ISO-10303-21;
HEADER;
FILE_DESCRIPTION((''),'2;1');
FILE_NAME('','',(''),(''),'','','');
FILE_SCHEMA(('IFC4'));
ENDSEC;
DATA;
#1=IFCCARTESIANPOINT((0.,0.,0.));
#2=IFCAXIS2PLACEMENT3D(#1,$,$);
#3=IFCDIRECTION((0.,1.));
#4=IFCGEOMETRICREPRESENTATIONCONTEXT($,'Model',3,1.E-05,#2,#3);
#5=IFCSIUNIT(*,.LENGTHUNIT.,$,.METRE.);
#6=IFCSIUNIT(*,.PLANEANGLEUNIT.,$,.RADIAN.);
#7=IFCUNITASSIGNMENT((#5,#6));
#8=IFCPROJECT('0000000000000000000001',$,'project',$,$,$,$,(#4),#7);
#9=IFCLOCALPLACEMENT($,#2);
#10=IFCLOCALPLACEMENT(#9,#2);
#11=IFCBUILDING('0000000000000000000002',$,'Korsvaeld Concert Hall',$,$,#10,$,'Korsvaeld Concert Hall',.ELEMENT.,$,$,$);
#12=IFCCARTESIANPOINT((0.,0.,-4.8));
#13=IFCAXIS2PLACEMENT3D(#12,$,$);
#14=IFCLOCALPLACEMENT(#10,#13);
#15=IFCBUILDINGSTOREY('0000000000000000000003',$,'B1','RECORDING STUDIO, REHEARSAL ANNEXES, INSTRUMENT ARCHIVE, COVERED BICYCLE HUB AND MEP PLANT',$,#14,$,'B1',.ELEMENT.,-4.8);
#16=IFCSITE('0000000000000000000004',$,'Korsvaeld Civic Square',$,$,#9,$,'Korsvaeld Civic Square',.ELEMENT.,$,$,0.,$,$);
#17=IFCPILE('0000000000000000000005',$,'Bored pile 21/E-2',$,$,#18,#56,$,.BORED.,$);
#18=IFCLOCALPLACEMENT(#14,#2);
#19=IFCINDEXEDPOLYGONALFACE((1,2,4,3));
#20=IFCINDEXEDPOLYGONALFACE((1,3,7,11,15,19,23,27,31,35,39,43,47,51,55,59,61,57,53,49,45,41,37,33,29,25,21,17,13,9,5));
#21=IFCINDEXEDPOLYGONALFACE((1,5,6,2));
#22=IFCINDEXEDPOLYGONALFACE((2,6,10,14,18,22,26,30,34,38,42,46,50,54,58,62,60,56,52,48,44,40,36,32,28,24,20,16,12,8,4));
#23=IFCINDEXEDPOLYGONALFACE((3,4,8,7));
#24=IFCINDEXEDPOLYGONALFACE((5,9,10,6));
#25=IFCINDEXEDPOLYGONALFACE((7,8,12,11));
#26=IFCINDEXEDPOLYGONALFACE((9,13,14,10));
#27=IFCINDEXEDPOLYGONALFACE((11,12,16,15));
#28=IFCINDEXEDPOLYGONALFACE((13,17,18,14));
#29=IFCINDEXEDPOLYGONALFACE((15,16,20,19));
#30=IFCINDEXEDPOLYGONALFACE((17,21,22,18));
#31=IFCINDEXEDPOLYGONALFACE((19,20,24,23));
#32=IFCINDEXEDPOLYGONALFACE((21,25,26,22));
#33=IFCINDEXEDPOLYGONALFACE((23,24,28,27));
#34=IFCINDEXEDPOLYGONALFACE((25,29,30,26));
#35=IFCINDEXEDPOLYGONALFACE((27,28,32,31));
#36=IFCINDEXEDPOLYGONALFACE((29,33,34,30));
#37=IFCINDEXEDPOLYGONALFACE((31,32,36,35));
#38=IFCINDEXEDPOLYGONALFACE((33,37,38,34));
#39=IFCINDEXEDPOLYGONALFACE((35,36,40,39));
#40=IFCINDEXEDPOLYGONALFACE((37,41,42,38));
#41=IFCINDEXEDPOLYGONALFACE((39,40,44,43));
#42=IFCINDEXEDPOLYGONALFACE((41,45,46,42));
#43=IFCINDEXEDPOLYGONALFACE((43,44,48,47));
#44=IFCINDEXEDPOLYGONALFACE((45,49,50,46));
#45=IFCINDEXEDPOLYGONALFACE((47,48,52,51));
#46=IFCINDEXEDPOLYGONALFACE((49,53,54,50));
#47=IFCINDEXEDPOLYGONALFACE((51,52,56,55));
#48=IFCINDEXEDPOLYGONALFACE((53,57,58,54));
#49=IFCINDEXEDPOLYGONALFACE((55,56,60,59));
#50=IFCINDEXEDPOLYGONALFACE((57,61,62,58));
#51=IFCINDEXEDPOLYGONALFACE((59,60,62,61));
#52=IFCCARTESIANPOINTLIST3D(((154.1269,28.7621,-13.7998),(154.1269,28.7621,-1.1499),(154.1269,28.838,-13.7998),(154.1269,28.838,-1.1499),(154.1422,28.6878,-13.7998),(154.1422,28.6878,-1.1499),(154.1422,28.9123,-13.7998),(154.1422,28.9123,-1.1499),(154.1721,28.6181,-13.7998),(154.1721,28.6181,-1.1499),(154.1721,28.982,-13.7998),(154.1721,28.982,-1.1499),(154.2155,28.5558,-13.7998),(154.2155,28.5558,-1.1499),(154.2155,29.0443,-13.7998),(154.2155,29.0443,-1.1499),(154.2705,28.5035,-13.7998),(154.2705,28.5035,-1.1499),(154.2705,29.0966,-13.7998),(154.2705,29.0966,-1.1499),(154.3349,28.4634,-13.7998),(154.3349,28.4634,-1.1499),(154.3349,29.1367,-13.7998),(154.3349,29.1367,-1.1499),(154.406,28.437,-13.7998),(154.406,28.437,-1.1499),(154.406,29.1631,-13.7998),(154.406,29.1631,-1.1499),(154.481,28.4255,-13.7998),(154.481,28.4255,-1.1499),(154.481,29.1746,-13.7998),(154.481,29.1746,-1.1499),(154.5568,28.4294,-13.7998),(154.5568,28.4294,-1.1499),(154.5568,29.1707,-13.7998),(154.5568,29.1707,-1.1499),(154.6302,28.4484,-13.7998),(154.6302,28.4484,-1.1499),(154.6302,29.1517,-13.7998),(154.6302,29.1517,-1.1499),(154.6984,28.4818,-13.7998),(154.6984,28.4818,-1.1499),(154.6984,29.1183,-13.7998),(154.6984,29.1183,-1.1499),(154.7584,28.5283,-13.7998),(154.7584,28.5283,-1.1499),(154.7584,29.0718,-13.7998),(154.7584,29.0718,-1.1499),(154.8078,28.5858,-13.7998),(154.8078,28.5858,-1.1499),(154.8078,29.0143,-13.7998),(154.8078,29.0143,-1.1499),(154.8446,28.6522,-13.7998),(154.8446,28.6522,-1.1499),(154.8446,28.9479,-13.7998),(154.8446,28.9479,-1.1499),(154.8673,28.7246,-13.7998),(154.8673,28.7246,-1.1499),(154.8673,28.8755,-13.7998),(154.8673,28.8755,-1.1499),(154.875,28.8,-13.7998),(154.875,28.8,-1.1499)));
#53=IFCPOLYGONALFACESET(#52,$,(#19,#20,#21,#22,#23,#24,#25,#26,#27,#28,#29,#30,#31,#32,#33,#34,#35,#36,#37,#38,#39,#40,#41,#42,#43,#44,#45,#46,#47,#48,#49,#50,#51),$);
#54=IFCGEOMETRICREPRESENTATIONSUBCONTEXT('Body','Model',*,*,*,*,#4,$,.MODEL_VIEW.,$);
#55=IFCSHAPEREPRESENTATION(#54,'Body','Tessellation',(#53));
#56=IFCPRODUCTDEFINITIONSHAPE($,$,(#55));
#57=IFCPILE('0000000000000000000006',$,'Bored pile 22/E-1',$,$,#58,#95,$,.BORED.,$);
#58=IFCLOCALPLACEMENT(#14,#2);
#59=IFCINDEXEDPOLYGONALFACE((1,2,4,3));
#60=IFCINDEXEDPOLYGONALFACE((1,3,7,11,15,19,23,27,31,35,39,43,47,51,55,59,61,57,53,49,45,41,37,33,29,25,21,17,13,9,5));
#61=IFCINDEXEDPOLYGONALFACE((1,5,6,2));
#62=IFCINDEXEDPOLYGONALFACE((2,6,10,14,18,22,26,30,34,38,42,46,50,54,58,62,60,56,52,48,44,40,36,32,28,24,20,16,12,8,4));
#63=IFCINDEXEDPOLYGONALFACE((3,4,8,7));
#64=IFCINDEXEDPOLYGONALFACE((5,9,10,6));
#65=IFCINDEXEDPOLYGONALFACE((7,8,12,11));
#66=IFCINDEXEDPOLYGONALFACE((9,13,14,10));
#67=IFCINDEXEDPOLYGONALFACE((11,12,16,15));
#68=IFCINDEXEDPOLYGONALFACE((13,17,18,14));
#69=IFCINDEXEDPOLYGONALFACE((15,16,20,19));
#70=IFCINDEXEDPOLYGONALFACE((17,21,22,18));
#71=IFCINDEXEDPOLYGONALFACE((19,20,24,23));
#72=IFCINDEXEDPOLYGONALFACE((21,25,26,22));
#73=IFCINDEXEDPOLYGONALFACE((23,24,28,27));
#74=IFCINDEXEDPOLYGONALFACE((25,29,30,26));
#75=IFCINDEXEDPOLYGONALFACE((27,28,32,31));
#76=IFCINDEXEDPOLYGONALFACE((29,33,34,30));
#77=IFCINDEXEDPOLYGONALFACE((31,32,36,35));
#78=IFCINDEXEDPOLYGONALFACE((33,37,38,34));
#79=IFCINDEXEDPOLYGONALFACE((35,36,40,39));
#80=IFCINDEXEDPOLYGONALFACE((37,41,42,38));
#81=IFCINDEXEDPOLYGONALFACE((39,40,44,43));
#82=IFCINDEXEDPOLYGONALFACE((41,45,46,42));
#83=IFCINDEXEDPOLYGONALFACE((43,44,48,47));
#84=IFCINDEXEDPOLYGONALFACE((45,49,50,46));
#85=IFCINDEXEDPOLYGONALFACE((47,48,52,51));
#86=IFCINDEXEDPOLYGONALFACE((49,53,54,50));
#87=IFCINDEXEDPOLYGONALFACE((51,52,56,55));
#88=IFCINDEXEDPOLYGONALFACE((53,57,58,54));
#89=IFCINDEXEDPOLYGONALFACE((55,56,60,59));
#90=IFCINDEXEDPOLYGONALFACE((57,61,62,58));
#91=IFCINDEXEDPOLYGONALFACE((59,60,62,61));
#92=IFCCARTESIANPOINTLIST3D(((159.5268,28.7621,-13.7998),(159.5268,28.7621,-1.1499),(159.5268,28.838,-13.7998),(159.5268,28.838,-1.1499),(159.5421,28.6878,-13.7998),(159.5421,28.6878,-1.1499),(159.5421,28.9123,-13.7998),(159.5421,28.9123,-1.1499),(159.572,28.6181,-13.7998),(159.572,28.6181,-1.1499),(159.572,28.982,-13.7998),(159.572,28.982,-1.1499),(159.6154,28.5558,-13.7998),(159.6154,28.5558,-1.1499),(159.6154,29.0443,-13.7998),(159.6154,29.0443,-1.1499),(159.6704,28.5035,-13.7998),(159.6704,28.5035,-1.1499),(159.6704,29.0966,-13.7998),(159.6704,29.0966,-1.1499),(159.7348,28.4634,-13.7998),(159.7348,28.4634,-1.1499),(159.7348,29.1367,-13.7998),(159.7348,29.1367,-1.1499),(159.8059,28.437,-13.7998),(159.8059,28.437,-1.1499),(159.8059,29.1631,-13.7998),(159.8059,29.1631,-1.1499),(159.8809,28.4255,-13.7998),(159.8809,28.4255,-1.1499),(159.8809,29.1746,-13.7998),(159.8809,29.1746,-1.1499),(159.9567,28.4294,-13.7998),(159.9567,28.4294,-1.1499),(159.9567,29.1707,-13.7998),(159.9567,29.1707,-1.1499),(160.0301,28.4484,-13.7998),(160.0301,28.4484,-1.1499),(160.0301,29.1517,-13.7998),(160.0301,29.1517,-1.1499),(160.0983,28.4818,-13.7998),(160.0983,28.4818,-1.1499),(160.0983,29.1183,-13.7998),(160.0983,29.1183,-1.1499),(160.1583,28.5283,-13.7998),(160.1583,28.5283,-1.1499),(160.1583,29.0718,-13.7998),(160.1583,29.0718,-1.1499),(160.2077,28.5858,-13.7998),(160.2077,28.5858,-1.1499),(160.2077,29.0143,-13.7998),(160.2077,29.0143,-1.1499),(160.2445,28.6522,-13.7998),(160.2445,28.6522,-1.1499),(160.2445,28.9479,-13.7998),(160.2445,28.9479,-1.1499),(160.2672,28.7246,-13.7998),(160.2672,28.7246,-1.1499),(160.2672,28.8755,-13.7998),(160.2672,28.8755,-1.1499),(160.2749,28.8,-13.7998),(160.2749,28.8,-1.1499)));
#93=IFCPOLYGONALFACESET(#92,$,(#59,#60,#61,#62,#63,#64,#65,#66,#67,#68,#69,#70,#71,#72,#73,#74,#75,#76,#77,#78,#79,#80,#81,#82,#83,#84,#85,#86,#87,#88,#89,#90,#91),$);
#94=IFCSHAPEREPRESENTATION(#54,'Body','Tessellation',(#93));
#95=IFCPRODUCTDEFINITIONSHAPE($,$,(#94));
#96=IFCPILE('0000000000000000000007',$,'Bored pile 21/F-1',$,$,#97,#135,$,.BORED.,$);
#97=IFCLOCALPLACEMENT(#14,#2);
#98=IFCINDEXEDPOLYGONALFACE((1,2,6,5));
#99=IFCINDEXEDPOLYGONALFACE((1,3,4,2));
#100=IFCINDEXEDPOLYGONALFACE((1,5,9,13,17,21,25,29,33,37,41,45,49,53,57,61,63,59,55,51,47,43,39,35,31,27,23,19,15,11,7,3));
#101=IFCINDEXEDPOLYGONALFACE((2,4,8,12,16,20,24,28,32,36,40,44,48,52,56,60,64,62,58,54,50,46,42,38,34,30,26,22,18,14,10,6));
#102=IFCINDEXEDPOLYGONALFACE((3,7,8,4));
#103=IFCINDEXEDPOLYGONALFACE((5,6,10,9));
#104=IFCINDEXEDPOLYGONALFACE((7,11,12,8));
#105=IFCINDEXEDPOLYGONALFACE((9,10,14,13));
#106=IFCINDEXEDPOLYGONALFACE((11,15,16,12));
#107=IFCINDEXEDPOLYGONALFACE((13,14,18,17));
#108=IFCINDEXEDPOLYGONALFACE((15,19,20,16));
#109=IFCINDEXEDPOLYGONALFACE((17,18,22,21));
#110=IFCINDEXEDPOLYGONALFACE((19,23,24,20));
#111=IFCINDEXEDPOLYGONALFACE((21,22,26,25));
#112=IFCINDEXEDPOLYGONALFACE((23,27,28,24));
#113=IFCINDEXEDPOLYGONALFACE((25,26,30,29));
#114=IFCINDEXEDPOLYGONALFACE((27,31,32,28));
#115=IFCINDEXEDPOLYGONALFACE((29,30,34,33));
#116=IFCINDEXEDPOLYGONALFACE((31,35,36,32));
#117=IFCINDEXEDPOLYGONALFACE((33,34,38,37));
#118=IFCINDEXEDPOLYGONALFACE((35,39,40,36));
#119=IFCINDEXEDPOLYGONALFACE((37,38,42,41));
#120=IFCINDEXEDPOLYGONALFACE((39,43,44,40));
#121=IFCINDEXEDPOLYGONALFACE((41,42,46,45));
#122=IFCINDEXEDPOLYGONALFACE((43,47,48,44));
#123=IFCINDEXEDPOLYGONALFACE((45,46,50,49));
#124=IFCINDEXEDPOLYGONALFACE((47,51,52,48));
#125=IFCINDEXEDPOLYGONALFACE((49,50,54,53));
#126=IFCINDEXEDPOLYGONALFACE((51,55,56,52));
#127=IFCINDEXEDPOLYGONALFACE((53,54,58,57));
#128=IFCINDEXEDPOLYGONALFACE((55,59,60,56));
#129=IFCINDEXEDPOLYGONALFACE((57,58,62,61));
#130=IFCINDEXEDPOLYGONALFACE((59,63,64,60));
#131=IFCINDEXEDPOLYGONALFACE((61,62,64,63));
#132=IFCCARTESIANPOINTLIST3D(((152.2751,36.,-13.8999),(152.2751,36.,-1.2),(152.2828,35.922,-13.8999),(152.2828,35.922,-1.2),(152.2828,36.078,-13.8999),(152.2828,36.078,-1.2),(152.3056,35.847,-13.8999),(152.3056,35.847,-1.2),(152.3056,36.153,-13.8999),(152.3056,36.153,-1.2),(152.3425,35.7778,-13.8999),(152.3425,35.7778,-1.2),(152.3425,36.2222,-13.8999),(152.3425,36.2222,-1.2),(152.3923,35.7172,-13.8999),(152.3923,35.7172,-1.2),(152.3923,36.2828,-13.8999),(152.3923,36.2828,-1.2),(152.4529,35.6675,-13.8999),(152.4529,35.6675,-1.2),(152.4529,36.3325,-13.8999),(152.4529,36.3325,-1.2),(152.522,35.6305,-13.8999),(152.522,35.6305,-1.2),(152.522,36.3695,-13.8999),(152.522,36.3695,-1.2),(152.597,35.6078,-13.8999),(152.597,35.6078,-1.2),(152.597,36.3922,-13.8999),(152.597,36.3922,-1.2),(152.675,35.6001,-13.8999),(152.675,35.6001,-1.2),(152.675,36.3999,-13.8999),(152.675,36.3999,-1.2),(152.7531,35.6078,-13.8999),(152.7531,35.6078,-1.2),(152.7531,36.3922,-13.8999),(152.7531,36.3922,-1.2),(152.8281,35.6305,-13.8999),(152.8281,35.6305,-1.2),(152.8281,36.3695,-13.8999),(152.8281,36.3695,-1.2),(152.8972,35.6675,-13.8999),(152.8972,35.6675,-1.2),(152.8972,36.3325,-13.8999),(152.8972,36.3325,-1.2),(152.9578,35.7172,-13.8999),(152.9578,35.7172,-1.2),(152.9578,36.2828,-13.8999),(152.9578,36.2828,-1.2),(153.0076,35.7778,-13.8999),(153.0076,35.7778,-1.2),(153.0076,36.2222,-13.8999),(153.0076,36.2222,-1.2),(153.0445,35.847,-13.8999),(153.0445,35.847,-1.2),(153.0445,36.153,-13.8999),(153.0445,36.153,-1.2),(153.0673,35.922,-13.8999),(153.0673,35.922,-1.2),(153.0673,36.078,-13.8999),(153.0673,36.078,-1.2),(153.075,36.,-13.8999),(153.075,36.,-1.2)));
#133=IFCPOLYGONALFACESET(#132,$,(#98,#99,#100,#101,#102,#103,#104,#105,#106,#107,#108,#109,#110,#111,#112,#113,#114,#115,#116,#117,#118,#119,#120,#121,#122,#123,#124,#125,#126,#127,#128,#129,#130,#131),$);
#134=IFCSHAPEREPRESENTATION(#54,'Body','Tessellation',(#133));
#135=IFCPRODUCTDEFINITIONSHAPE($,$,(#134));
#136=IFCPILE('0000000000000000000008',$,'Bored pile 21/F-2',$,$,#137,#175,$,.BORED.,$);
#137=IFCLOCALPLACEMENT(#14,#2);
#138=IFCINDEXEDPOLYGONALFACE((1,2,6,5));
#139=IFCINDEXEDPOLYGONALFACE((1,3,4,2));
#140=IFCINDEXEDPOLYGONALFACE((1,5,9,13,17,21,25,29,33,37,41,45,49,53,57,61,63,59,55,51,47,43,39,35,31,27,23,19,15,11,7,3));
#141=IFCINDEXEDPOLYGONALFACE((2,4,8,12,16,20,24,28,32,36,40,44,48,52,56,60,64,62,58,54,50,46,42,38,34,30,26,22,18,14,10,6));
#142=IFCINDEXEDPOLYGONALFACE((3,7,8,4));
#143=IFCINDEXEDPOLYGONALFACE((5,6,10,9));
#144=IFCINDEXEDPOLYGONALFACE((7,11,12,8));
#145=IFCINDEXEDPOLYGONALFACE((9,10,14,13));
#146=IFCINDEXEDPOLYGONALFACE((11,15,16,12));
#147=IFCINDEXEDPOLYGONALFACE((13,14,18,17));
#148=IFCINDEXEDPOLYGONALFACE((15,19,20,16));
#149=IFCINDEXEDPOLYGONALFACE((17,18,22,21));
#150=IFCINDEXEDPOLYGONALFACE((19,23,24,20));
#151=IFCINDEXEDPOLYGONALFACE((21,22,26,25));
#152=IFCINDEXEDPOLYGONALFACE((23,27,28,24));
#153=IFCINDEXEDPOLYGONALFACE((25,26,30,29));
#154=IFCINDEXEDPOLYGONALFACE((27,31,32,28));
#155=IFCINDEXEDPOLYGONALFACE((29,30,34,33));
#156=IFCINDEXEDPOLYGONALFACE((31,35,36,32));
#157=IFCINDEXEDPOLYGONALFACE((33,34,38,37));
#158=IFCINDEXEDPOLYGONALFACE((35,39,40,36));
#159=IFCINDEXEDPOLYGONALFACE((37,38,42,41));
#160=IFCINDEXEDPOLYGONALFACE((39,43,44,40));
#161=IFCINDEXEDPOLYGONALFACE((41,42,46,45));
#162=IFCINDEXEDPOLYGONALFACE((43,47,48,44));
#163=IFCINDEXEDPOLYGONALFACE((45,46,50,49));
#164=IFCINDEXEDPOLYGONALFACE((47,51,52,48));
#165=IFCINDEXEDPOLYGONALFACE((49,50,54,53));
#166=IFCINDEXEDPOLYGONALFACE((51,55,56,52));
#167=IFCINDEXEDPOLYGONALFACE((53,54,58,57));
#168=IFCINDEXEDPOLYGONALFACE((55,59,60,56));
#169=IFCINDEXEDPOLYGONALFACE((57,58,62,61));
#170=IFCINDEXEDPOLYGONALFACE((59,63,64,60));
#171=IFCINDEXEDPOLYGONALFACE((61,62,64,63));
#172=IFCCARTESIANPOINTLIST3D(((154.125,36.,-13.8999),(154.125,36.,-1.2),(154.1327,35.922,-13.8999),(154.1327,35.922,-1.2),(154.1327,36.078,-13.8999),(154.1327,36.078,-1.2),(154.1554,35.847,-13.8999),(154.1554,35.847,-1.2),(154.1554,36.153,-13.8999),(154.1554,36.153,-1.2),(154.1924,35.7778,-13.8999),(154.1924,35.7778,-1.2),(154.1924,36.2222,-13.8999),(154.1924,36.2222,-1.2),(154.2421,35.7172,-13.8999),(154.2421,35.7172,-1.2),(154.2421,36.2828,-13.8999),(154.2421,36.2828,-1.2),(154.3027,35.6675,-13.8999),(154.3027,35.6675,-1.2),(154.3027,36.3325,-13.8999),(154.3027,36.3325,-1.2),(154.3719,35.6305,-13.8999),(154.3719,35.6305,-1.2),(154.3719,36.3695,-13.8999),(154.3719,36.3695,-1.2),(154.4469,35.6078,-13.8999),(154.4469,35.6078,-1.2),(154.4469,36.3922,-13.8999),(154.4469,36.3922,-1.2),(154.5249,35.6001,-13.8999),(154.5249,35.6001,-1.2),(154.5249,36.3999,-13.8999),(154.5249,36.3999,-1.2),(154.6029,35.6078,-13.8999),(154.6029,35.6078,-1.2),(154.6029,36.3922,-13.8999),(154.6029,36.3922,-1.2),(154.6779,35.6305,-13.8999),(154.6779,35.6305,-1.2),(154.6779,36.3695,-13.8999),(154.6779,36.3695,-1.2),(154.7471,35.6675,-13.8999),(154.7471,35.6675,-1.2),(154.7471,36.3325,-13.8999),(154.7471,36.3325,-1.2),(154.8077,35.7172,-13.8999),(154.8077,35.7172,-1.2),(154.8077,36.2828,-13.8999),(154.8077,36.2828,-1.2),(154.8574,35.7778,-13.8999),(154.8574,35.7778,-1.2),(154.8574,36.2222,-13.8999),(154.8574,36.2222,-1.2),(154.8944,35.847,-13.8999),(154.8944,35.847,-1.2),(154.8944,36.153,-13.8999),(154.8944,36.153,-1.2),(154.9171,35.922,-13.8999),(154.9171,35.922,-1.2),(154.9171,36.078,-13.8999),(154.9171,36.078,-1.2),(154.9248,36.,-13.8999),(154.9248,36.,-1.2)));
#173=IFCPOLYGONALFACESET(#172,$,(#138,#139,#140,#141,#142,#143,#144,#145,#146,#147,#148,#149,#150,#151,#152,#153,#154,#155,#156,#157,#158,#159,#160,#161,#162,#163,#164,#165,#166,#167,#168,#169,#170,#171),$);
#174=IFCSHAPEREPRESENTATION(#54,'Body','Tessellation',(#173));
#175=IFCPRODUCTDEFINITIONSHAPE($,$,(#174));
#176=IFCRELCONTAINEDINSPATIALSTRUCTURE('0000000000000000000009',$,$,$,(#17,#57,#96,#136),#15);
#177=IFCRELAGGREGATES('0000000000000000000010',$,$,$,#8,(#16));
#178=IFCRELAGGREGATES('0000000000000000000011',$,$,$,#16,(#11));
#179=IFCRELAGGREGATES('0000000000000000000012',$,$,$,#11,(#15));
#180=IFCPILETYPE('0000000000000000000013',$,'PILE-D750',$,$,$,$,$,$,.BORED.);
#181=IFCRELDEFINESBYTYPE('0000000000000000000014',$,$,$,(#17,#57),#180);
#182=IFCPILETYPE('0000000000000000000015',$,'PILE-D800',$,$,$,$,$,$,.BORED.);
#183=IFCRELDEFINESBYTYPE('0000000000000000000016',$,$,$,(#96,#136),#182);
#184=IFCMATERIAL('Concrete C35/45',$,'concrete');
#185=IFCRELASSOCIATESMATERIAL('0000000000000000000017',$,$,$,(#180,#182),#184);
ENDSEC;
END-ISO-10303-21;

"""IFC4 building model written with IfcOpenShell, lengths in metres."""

from ifc_helpers import new_model, si_unit, direction, frame, origin, origin_2d, place, context, subcontext, project, spatial, circle, extrude, material, material_profile, profile_set, type_object, element, save


model = new_model("IFC4")

# Units and contexts
model_context = context("Model", 3, precision=1e-05, world=origin(), true_north=direction((0.0, 1.0)))
body_context = subcontext(model_context, "Body", "Model", "MODEL_VIEW")
ifc_project = project(units=[si_unit("LENGTHUNIT", "METRE"), si_unit("PLANEANGLEUNIT", "RADIAN")], contexts=[model_context])

# Site, building, storey
site_placement = place(None, origin())
site = spatial("IfcSite", under=ifc_project, at=site_placement, Name="Korsvaeld Civic Square", LongName="Korsvaeld Civic Square", CompositionType="ELEMENT", RefElevation=0.0)
building_placement = place(site_placement, origin())
building = spatial("IfcBuilding", under=site, at=building_placement, Name="Korsvaeld Concert Hall", LongName="Korsvaeld Concert Hall", CompositionType="ELEMENT")
storey_placement = place(building_placement, frame((0.0, 0.0, -4.8)))
storey = spatial("IfcBuildingStorey", under=building, at=storey_placement, Name="B1", Description="RECORDING STUDIO, REHEARSAL ANNEXES, INSTRUMENT ARCHIVE, COVERED BICYCLE HUB AND MEP PLANT", LongName="B1", CompositionType="ELEMENT", Elevation=-4.8)

# Shared definitions
ifc_material_1 = material(Name="Concrete C35/45", Category="concrete")

# Piles
ifc_material_profile_1 = material_profile(ifc_material_1, circle(Radius=0.375, at=origin_2d()), Name="BORED PILE D750")
ifc_profile_set_1 = profile_set([ifc_material_profile_1], Name="Concrete C35/45")
pile_type_1 = type_object("IfcPileType", Name="PILE-D750", PredefinedType="BORED", material=ifc_profile_set_1)
for number, where, z_axis, x_axis, name in (
    (1, (154.5, 28.8, -1.1499), (0.0, 0.0, -1.0), (1.0, 0.0, 0.0), "Bored pile 21/E-2"),
    (2, (159.8999, 28.8, -1.1499), (0.0, 0.0, -1.0), (1.0, 0.0, 0.0), "Bored pile 22/E-1"),
):
    element("IfcPile", number, at=place(storey_placement, frame(where, z_axis=z_axis, x_axis=x_axis)), inside=storey, type_object=pile_type_1, Name=name, PredefinedType="BORED", context=body_context, shape_type="SweptSolid", body=[
        extrude(circle(Radius=0.375, at=origin_2d()), origin(), (0.0, 0.0, 1.0), 12.6499),
    ])
ifc_material_profile_2 = material_profile(ifc_material_1, circle(Radius=0.3999, at=origin_2d()), Name="BORED PILE D800")
ifc_profile_set_2 = profile_set([ifc_material_profile_2], Name="Concrete C35/45")
pile_type_2 = type_object("IfcPileType", Name="PILE-D800", PredefinedType="BORED", material=ifc_profile_set_2)
for number, where, z_axis, x_axis, name in (
    (3, (152.675, 36.0, -1.2), (0.0, 0.0, -1.0), (1.0, 0.0, 0.0), "Bored pile 21/F-1"),
    (4, (154.5249, 36.0, -1.2), (0.0, 0.0, -1.0), (1.0, 0.0, 0.0), "Bored pile 21/F-2"),
):
    element("IfcPile", number, at=place(storey_placement, frame(where, z_axis=z_axis, x_axis=x_axis)), inside=storey, type_object=pile_type_2, Name=name, PredefinedType="BORED", context=body_context, shape_type="SweptSolid", body=[
        extrude(circle(Radius=0.3999, at=origin_2d()), origin(), (0.0, 0.0, 1.0), 12.7),
    ])

save(model, "model.ifc")
